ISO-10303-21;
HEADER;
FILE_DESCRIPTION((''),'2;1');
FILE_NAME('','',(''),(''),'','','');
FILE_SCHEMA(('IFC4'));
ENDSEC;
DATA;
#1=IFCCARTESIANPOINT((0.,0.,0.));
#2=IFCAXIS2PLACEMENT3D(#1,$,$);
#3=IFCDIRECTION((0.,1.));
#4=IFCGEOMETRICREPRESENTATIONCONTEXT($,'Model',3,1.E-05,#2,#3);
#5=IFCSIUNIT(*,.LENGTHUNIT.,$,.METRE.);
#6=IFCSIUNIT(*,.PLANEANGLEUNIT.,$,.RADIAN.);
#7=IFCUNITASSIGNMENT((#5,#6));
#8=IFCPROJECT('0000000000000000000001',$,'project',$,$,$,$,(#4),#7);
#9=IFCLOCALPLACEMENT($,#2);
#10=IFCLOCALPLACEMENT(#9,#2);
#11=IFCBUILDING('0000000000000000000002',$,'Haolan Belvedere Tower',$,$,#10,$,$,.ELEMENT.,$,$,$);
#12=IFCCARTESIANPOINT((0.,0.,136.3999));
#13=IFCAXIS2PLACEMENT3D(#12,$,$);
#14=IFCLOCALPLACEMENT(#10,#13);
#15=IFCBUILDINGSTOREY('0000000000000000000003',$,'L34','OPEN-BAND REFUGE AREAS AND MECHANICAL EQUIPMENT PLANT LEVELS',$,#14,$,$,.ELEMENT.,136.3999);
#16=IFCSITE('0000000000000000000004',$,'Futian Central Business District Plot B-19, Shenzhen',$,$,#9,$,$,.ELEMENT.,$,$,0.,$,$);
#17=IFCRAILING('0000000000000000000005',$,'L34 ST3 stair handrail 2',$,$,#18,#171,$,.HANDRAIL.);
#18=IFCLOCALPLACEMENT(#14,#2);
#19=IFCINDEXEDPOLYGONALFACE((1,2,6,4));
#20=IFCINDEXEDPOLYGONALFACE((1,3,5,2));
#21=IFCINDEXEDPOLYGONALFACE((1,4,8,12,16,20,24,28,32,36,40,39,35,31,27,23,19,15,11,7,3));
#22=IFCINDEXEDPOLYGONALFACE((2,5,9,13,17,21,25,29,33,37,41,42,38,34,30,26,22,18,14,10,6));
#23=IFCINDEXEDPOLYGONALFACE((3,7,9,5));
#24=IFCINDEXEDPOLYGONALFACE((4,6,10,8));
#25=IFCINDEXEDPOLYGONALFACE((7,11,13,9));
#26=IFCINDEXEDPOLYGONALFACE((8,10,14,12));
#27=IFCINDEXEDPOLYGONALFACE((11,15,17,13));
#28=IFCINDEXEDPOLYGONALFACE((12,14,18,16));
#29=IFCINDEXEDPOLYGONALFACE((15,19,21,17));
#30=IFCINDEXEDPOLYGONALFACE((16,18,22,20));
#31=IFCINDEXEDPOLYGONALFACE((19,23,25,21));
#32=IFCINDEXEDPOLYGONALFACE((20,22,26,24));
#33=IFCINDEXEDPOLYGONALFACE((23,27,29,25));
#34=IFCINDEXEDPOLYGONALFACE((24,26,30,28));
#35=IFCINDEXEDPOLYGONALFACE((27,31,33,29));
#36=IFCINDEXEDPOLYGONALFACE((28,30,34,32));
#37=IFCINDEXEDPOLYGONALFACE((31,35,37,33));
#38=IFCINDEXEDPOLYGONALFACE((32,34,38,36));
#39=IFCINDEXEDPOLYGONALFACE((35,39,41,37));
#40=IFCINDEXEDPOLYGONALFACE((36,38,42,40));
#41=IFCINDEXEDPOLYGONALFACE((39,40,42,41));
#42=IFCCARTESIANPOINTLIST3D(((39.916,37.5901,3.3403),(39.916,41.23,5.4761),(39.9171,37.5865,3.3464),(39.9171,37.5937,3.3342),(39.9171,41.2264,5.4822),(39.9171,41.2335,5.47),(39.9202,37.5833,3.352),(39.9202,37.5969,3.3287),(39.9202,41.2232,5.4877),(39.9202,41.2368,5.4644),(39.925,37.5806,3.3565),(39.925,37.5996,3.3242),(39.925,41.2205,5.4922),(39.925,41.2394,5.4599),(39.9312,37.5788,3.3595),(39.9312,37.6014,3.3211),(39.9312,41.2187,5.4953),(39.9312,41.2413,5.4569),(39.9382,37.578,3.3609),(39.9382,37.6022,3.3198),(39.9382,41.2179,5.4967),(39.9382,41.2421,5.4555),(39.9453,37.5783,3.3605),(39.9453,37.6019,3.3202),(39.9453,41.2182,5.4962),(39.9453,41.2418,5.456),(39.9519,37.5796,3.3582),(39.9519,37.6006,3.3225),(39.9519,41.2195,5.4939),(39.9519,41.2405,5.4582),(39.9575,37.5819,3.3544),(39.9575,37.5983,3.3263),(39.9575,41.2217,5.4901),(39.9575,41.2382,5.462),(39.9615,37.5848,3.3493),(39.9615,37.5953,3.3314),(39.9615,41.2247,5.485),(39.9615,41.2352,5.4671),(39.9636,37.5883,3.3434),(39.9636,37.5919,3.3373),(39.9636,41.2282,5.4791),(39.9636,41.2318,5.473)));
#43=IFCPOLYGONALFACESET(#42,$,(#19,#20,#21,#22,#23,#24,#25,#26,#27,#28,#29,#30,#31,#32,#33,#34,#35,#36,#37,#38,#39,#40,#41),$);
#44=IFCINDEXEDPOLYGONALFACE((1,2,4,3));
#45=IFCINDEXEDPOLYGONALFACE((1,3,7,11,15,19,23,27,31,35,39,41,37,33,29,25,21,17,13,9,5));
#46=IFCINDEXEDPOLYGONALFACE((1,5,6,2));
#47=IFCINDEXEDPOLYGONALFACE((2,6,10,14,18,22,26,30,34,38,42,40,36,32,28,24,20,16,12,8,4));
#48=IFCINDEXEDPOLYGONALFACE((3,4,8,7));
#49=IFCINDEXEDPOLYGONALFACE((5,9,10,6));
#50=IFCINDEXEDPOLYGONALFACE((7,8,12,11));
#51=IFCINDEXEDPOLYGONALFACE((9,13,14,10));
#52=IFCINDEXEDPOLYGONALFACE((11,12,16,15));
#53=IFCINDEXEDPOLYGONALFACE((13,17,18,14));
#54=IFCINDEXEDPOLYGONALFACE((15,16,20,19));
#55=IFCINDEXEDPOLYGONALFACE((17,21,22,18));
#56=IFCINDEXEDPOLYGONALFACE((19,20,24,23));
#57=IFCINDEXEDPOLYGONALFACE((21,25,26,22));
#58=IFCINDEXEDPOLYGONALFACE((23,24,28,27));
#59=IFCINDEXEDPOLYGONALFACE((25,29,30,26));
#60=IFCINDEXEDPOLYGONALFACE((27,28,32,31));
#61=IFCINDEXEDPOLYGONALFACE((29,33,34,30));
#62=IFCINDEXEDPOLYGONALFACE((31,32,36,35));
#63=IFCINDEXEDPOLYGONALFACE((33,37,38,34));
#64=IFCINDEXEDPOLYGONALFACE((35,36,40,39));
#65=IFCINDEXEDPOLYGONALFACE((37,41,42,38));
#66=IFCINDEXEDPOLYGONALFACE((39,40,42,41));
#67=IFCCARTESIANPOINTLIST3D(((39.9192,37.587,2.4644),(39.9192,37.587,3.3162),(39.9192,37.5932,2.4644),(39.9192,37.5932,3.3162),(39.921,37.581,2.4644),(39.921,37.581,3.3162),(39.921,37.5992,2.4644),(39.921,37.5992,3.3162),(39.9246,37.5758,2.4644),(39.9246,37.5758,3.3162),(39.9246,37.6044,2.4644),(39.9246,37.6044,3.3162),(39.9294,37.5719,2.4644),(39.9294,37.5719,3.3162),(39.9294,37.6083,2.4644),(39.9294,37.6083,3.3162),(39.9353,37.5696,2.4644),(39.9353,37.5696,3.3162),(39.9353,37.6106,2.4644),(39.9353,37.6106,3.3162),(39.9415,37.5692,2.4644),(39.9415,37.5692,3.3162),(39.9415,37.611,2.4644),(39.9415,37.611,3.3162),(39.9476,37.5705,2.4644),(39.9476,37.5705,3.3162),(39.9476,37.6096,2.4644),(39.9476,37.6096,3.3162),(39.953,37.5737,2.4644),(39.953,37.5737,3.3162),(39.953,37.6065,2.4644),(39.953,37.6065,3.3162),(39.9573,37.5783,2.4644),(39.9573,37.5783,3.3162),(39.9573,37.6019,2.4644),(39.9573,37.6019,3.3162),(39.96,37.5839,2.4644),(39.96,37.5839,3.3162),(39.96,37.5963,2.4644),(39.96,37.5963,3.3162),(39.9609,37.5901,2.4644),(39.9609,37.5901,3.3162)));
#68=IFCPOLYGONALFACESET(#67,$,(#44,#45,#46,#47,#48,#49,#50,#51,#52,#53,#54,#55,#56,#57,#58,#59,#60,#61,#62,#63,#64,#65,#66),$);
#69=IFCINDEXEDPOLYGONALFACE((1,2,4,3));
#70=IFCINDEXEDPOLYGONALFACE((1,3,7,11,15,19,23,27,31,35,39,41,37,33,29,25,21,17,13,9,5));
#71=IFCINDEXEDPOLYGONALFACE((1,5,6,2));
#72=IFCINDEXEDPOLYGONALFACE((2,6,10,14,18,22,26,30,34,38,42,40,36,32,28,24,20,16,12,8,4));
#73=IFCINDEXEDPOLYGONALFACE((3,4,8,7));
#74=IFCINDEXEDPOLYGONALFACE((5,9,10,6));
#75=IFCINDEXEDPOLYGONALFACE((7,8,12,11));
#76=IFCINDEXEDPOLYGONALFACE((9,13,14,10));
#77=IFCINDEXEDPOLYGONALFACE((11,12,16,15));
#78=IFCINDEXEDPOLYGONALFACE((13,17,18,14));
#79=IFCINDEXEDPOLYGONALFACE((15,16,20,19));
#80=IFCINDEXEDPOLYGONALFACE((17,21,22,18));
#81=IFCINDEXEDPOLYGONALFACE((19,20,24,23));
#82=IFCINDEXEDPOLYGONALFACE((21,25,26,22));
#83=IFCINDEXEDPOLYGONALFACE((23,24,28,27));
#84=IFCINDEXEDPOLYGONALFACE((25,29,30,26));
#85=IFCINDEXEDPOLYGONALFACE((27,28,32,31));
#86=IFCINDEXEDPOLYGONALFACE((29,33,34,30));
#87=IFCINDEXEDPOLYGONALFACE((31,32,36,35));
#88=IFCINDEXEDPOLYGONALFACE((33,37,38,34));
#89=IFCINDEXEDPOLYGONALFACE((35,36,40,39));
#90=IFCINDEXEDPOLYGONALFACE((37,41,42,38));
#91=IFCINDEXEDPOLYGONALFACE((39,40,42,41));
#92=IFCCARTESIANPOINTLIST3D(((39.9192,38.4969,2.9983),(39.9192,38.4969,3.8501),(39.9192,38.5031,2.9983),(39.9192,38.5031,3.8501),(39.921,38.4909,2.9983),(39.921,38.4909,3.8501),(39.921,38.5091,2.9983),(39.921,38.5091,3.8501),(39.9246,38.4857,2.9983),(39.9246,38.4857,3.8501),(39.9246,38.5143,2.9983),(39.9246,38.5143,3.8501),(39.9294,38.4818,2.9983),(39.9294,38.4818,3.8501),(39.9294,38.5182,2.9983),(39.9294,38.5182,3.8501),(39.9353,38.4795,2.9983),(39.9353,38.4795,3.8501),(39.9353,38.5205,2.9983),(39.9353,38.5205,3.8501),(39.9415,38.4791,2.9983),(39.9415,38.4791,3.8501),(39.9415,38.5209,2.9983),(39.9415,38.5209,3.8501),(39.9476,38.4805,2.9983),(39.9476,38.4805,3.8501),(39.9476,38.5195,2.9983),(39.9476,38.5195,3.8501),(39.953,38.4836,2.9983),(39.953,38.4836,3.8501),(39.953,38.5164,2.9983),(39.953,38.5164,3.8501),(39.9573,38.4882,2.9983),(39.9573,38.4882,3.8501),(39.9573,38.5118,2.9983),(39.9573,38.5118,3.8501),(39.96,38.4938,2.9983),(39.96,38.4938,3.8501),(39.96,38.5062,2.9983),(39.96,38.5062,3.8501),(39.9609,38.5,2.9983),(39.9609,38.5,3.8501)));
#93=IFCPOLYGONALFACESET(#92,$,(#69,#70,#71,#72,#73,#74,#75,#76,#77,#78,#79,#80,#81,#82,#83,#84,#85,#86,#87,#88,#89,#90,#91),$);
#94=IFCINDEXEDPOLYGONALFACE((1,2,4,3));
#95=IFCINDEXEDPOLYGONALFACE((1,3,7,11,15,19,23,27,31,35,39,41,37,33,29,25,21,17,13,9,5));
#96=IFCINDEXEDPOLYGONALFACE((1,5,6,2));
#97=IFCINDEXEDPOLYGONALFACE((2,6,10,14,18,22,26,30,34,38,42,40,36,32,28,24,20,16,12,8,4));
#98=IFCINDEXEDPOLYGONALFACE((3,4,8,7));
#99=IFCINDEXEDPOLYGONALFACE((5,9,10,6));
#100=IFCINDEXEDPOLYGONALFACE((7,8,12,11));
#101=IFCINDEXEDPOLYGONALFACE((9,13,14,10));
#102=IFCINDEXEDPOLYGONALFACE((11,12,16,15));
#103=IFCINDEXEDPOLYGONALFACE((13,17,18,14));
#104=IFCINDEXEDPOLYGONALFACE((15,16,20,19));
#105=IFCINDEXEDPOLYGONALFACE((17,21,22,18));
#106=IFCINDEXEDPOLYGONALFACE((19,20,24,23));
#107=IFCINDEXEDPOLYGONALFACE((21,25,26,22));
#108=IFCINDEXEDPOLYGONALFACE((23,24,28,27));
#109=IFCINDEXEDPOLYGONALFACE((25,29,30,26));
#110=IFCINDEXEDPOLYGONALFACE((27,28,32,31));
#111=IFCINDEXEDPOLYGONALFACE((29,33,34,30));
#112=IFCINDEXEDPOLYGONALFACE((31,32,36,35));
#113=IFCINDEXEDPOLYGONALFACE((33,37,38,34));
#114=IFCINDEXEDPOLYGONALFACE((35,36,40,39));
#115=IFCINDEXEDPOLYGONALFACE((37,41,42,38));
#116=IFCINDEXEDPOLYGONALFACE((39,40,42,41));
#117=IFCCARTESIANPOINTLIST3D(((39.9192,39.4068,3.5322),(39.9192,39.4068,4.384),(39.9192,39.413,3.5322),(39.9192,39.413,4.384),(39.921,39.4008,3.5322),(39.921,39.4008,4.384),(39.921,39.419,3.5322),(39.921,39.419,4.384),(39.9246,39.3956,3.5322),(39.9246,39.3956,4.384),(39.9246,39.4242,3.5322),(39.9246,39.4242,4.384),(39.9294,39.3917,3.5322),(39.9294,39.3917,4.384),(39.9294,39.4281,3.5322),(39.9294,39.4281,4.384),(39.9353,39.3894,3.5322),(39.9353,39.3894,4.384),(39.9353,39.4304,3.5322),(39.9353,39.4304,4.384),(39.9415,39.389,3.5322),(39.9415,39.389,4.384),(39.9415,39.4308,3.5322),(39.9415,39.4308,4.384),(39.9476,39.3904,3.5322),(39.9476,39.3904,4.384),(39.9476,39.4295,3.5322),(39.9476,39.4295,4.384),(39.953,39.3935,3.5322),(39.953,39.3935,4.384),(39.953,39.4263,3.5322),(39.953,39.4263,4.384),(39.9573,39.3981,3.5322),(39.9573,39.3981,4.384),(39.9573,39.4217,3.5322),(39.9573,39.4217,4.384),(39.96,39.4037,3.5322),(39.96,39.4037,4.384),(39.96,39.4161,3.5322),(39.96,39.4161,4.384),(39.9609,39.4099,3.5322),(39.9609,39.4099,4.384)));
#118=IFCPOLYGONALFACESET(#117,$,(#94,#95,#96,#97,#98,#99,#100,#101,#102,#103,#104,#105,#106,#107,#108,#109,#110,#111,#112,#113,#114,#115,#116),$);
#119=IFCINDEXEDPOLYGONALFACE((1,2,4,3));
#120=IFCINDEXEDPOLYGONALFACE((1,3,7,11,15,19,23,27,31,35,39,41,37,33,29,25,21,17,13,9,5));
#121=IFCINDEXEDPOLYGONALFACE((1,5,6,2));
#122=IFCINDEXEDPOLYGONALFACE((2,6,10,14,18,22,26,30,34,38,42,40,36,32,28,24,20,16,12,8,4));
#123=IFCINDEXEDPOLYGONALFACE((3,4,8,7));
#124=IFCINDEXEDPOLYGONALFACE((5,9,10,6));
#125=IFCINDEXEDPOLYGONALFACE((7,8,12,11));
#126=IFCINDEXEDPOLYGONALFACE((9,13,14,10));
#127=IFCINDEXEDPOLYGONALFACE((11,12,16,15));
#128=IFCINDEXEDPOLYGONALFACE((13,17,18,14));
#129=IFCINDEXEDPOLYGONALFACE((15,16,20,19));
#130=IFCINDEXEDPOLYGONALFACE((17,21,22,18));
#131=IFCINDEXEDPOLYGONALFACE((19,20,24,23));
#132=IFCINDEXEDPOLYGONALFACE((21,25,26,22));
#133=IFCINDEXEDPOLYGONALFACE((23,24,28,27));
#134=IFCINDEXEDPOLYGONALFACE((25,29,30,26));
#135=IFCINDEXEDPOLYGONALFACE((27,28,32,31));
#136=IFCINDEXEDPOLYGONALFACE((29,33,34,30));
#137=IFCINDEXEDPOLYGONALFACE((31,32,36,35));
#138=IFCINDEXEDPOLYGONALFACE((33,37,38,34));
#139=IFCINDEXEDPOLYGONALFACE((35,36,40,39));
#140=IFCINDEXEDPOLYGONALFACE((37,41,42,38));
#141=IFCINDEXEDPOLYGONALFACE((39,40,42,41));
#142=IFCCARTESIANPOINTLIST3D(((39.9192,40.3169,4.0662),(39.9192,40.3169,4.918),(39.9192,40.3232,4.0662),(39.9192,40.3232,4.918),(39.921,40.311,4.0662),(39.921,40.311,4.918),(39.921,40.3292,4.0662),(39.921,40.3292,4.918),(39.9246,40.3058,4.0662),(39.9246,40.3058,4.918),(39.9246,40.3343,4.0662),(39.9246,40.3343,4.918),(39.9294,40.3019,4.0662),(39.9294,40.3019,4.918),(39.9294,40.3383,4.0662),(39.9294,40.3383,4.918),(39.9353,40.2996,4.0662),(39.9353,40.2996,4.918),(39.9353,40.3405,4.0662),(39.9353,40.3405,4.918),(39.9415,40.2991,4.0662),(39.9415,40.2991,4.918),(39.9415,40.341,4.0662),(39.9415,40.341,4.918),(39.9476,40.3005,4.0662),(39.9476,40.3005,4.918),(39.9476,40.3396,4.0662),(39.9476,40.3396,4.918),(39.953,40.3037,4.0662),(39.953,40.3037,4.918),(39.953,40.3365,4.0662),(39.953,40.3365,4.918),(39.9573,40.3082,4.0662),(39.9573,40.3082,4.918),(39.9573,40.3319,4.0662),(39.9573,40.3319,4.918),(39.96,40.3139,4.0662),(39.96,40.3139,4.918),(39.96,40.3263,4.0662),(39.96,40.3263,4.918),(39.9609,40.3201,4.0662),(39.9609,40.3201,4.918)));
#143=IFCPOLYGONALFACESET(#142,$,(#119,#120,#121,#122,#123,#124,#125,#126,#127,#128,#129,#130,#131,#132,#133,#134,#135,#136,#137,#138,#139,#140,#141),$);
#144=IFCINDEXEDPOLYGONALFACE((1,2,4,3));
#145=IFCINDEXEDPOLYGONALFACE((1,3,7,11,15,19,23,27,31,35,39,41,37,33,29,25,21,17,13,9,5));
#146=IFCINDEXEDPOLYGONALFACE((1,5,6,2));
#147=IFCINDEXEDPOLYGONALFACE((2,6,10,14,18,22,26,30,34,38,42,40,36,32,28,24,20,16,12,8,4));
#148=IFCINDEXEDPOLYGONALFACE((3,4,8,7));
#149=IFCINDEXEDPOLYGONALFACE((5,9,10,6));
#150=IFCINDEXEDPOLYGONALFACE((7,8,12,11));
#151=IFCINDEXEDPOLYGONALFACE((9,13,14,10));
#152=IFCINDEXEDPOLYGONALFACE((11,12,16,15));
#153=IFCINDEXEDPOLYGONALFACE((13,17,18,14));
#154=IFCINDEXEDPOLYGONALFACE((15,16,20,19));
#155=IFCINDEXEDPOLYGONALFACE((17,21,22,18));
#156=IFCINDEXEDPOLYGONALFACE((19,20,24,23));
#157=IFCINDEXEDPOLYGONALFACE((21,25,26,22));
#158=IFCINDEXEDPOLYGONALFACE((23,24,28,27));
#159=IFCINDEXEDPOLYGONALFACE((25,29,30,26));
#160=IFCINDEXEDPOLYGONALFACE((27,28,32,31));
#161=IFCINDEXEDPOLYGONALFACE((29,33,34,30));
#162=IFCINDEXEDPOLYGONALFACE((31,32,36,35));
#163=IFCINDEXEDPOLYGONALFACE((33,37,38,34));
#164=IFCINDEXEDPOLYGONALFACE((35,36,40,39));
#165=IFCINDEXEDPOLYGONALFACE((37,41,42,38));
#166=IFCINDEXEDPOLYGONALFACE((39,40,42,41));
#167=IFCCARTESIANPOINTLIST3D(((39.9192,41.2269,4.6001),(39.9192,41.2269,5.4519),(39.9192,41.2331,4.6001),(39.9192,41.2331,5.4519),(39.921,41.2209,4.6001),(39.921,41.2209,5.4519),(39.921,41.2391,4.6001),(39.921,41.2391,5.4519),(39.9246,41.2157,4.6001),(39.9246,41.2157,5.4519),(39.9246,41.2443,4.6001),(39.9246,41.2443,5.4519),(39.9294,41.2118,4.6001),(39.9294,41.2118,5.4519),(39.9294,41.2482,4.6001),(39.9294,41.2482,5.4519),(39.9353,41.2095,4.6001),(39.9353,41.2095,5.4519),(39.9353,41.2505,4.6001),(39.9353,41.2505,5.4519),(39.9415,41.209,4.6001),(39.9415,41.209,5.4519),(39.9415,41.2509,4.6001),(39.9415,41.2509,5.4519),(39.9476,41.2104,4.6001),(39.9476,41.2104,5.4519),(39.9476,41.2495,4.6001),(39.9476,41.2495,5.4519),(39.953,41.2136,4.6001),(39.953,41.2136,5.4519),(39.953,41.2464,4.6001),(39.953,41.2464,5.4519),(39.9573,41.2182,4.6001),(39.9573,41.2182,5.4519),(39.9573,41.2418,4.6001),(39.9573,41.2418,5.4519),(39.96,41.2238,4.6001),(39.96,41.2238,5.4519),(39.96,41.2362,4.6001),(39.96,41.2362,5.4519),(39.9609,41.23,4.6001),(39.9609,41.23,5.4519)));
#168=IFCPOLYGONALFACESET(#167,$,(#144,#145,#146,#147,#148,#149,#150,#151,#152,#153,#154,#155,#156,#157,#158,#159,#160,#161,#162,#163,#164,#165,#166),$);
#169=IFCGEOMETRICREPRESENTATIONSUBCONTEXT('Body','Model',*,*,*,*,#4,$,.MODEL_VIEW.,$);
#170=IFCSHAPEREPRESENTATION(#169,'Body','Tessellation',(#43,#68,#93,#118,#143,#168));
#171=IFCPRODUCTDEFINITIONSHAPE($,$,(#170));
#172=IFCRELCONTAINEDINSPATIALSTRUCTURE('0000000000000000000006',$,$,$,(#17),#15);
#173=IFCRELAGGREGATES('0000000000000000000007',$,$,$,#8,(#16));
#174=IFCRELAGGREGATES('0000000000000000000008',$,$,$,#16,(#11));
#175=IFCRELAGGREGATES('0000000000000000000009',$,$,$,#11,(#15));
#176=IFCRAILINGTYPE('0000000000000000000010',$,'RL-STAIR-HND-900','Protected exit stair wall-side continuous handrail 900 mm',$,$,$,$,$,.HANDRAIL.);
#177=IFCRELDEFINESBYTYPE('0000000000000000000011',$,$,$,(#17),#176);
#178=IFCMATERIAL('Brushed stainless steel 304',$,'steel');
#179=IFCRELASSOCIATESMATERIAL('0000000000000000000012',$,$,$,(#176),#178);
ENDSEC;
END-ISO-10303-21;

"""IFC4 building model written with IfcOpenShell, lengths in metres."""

from ifc_helpers import new_model, si_unit, direction, frame, origin, origin_2d, place, context, subcontext, project, spatial, circle, extrude, material, type_object, element, save


model = new_model("IFC4")

# Units and contexts
model_context = context("Model", 3, precision=1e-05, world=origin(), true_north=direction((0.0, 1.0)))
body_context = subcontext(model_context, "Body", "Model", "MODEL_VIEW")
ifc_project = project(units=[si_unit("LENGTHUNIT", "METRE"), si_unit("PLANEANGLEUNIT", "RADIAN")], contexts=[model_context])

# Site, building, storey
site_placement = place(None, origin())
site = spatial("IfcSite", under=ifc_project, at=site_placement, Name="Futian Central Business District Plot B-19, Shenzhen", CompositionType="ELEMENT", RefElevation=0.0)
building_placement = place(site_placement, origin())
building = spatial("IfcBuilding", under=site, at=building_placement, Name="Haolan Belvedere Tower", CompositionType="ELEMENT")
storey_placement = place(building_placement, frame((0.0, 0.0, 136.3999)))
storey = spatial("IfcBuildingStorey", under=building, at=storey_placement, Name="L34", Description="OPEN-BAND REFUGE AREAS AND MECHANICAL EQUIPMENT PLANT LEVELS", CompositionType="ELEMENT", Elevation=136.3999)

# Railing
ifc_material_1 = material(Name="Brushed stainless steel 304", Category="steel")
railing_type_1 = type_object("IfcRailingType", Name="RL-STAIR-HND-900", Description="Protected exit stair wall-side continuous handrail 900 mm", PredefinedType="HANDRAIL", material=ifc_material_1)
railing_1_placement = place(storey_placement, frame((39.9399, 37.5901, 2.4644)))
element("IfcRailing", 1, at=railing_1_placement, inside=storey, type_object=railing_type_1, Name="L34 ST3 stair handrail 2", PredefinedType="HANDRAIL", context=body_context, shape_type="SweptSolid", body=[
    extrude(circle(Radius=0.0239, at=origin_2d()), frame((0.0, 0.0, 0.876), z_axis=(0.0, 0.86249, 0.506074), x_axis=(-1.0, 0.0, 0.0)), (0.0, 0.0, 1.0), 4.2202),
    extrude(circle(Radius=0.021, at=origin_2d()), origin(), (0.0, 0.0, 1.0), 0.8518),
    extrude(circle(Radius=0.021, at=origin_2d()), frame((0.0, 0.9099, 0.5339)), (0.0, 0.0, 1.0), 0.8518),
    extrude(circle(Radius=0.021, at=origin_2d()), frame((0.0, 1.8198, 1.0679)), (0.0, 0.0, 1.0), 0.8518),
    extrude(circle(Radius=0.021, at=origin_2d()), frame((0.0, 2.73, 1.6018)), (0.0, 0.0, 1.0), 0.8518),
    extrude(circle(Radius=0.021, at=origin_2d()), frame((0.0, 3.6399, 2.1357)), (0.0, 0.0, 1.0), 0.8518),
])

save(model, "model.ifc")
